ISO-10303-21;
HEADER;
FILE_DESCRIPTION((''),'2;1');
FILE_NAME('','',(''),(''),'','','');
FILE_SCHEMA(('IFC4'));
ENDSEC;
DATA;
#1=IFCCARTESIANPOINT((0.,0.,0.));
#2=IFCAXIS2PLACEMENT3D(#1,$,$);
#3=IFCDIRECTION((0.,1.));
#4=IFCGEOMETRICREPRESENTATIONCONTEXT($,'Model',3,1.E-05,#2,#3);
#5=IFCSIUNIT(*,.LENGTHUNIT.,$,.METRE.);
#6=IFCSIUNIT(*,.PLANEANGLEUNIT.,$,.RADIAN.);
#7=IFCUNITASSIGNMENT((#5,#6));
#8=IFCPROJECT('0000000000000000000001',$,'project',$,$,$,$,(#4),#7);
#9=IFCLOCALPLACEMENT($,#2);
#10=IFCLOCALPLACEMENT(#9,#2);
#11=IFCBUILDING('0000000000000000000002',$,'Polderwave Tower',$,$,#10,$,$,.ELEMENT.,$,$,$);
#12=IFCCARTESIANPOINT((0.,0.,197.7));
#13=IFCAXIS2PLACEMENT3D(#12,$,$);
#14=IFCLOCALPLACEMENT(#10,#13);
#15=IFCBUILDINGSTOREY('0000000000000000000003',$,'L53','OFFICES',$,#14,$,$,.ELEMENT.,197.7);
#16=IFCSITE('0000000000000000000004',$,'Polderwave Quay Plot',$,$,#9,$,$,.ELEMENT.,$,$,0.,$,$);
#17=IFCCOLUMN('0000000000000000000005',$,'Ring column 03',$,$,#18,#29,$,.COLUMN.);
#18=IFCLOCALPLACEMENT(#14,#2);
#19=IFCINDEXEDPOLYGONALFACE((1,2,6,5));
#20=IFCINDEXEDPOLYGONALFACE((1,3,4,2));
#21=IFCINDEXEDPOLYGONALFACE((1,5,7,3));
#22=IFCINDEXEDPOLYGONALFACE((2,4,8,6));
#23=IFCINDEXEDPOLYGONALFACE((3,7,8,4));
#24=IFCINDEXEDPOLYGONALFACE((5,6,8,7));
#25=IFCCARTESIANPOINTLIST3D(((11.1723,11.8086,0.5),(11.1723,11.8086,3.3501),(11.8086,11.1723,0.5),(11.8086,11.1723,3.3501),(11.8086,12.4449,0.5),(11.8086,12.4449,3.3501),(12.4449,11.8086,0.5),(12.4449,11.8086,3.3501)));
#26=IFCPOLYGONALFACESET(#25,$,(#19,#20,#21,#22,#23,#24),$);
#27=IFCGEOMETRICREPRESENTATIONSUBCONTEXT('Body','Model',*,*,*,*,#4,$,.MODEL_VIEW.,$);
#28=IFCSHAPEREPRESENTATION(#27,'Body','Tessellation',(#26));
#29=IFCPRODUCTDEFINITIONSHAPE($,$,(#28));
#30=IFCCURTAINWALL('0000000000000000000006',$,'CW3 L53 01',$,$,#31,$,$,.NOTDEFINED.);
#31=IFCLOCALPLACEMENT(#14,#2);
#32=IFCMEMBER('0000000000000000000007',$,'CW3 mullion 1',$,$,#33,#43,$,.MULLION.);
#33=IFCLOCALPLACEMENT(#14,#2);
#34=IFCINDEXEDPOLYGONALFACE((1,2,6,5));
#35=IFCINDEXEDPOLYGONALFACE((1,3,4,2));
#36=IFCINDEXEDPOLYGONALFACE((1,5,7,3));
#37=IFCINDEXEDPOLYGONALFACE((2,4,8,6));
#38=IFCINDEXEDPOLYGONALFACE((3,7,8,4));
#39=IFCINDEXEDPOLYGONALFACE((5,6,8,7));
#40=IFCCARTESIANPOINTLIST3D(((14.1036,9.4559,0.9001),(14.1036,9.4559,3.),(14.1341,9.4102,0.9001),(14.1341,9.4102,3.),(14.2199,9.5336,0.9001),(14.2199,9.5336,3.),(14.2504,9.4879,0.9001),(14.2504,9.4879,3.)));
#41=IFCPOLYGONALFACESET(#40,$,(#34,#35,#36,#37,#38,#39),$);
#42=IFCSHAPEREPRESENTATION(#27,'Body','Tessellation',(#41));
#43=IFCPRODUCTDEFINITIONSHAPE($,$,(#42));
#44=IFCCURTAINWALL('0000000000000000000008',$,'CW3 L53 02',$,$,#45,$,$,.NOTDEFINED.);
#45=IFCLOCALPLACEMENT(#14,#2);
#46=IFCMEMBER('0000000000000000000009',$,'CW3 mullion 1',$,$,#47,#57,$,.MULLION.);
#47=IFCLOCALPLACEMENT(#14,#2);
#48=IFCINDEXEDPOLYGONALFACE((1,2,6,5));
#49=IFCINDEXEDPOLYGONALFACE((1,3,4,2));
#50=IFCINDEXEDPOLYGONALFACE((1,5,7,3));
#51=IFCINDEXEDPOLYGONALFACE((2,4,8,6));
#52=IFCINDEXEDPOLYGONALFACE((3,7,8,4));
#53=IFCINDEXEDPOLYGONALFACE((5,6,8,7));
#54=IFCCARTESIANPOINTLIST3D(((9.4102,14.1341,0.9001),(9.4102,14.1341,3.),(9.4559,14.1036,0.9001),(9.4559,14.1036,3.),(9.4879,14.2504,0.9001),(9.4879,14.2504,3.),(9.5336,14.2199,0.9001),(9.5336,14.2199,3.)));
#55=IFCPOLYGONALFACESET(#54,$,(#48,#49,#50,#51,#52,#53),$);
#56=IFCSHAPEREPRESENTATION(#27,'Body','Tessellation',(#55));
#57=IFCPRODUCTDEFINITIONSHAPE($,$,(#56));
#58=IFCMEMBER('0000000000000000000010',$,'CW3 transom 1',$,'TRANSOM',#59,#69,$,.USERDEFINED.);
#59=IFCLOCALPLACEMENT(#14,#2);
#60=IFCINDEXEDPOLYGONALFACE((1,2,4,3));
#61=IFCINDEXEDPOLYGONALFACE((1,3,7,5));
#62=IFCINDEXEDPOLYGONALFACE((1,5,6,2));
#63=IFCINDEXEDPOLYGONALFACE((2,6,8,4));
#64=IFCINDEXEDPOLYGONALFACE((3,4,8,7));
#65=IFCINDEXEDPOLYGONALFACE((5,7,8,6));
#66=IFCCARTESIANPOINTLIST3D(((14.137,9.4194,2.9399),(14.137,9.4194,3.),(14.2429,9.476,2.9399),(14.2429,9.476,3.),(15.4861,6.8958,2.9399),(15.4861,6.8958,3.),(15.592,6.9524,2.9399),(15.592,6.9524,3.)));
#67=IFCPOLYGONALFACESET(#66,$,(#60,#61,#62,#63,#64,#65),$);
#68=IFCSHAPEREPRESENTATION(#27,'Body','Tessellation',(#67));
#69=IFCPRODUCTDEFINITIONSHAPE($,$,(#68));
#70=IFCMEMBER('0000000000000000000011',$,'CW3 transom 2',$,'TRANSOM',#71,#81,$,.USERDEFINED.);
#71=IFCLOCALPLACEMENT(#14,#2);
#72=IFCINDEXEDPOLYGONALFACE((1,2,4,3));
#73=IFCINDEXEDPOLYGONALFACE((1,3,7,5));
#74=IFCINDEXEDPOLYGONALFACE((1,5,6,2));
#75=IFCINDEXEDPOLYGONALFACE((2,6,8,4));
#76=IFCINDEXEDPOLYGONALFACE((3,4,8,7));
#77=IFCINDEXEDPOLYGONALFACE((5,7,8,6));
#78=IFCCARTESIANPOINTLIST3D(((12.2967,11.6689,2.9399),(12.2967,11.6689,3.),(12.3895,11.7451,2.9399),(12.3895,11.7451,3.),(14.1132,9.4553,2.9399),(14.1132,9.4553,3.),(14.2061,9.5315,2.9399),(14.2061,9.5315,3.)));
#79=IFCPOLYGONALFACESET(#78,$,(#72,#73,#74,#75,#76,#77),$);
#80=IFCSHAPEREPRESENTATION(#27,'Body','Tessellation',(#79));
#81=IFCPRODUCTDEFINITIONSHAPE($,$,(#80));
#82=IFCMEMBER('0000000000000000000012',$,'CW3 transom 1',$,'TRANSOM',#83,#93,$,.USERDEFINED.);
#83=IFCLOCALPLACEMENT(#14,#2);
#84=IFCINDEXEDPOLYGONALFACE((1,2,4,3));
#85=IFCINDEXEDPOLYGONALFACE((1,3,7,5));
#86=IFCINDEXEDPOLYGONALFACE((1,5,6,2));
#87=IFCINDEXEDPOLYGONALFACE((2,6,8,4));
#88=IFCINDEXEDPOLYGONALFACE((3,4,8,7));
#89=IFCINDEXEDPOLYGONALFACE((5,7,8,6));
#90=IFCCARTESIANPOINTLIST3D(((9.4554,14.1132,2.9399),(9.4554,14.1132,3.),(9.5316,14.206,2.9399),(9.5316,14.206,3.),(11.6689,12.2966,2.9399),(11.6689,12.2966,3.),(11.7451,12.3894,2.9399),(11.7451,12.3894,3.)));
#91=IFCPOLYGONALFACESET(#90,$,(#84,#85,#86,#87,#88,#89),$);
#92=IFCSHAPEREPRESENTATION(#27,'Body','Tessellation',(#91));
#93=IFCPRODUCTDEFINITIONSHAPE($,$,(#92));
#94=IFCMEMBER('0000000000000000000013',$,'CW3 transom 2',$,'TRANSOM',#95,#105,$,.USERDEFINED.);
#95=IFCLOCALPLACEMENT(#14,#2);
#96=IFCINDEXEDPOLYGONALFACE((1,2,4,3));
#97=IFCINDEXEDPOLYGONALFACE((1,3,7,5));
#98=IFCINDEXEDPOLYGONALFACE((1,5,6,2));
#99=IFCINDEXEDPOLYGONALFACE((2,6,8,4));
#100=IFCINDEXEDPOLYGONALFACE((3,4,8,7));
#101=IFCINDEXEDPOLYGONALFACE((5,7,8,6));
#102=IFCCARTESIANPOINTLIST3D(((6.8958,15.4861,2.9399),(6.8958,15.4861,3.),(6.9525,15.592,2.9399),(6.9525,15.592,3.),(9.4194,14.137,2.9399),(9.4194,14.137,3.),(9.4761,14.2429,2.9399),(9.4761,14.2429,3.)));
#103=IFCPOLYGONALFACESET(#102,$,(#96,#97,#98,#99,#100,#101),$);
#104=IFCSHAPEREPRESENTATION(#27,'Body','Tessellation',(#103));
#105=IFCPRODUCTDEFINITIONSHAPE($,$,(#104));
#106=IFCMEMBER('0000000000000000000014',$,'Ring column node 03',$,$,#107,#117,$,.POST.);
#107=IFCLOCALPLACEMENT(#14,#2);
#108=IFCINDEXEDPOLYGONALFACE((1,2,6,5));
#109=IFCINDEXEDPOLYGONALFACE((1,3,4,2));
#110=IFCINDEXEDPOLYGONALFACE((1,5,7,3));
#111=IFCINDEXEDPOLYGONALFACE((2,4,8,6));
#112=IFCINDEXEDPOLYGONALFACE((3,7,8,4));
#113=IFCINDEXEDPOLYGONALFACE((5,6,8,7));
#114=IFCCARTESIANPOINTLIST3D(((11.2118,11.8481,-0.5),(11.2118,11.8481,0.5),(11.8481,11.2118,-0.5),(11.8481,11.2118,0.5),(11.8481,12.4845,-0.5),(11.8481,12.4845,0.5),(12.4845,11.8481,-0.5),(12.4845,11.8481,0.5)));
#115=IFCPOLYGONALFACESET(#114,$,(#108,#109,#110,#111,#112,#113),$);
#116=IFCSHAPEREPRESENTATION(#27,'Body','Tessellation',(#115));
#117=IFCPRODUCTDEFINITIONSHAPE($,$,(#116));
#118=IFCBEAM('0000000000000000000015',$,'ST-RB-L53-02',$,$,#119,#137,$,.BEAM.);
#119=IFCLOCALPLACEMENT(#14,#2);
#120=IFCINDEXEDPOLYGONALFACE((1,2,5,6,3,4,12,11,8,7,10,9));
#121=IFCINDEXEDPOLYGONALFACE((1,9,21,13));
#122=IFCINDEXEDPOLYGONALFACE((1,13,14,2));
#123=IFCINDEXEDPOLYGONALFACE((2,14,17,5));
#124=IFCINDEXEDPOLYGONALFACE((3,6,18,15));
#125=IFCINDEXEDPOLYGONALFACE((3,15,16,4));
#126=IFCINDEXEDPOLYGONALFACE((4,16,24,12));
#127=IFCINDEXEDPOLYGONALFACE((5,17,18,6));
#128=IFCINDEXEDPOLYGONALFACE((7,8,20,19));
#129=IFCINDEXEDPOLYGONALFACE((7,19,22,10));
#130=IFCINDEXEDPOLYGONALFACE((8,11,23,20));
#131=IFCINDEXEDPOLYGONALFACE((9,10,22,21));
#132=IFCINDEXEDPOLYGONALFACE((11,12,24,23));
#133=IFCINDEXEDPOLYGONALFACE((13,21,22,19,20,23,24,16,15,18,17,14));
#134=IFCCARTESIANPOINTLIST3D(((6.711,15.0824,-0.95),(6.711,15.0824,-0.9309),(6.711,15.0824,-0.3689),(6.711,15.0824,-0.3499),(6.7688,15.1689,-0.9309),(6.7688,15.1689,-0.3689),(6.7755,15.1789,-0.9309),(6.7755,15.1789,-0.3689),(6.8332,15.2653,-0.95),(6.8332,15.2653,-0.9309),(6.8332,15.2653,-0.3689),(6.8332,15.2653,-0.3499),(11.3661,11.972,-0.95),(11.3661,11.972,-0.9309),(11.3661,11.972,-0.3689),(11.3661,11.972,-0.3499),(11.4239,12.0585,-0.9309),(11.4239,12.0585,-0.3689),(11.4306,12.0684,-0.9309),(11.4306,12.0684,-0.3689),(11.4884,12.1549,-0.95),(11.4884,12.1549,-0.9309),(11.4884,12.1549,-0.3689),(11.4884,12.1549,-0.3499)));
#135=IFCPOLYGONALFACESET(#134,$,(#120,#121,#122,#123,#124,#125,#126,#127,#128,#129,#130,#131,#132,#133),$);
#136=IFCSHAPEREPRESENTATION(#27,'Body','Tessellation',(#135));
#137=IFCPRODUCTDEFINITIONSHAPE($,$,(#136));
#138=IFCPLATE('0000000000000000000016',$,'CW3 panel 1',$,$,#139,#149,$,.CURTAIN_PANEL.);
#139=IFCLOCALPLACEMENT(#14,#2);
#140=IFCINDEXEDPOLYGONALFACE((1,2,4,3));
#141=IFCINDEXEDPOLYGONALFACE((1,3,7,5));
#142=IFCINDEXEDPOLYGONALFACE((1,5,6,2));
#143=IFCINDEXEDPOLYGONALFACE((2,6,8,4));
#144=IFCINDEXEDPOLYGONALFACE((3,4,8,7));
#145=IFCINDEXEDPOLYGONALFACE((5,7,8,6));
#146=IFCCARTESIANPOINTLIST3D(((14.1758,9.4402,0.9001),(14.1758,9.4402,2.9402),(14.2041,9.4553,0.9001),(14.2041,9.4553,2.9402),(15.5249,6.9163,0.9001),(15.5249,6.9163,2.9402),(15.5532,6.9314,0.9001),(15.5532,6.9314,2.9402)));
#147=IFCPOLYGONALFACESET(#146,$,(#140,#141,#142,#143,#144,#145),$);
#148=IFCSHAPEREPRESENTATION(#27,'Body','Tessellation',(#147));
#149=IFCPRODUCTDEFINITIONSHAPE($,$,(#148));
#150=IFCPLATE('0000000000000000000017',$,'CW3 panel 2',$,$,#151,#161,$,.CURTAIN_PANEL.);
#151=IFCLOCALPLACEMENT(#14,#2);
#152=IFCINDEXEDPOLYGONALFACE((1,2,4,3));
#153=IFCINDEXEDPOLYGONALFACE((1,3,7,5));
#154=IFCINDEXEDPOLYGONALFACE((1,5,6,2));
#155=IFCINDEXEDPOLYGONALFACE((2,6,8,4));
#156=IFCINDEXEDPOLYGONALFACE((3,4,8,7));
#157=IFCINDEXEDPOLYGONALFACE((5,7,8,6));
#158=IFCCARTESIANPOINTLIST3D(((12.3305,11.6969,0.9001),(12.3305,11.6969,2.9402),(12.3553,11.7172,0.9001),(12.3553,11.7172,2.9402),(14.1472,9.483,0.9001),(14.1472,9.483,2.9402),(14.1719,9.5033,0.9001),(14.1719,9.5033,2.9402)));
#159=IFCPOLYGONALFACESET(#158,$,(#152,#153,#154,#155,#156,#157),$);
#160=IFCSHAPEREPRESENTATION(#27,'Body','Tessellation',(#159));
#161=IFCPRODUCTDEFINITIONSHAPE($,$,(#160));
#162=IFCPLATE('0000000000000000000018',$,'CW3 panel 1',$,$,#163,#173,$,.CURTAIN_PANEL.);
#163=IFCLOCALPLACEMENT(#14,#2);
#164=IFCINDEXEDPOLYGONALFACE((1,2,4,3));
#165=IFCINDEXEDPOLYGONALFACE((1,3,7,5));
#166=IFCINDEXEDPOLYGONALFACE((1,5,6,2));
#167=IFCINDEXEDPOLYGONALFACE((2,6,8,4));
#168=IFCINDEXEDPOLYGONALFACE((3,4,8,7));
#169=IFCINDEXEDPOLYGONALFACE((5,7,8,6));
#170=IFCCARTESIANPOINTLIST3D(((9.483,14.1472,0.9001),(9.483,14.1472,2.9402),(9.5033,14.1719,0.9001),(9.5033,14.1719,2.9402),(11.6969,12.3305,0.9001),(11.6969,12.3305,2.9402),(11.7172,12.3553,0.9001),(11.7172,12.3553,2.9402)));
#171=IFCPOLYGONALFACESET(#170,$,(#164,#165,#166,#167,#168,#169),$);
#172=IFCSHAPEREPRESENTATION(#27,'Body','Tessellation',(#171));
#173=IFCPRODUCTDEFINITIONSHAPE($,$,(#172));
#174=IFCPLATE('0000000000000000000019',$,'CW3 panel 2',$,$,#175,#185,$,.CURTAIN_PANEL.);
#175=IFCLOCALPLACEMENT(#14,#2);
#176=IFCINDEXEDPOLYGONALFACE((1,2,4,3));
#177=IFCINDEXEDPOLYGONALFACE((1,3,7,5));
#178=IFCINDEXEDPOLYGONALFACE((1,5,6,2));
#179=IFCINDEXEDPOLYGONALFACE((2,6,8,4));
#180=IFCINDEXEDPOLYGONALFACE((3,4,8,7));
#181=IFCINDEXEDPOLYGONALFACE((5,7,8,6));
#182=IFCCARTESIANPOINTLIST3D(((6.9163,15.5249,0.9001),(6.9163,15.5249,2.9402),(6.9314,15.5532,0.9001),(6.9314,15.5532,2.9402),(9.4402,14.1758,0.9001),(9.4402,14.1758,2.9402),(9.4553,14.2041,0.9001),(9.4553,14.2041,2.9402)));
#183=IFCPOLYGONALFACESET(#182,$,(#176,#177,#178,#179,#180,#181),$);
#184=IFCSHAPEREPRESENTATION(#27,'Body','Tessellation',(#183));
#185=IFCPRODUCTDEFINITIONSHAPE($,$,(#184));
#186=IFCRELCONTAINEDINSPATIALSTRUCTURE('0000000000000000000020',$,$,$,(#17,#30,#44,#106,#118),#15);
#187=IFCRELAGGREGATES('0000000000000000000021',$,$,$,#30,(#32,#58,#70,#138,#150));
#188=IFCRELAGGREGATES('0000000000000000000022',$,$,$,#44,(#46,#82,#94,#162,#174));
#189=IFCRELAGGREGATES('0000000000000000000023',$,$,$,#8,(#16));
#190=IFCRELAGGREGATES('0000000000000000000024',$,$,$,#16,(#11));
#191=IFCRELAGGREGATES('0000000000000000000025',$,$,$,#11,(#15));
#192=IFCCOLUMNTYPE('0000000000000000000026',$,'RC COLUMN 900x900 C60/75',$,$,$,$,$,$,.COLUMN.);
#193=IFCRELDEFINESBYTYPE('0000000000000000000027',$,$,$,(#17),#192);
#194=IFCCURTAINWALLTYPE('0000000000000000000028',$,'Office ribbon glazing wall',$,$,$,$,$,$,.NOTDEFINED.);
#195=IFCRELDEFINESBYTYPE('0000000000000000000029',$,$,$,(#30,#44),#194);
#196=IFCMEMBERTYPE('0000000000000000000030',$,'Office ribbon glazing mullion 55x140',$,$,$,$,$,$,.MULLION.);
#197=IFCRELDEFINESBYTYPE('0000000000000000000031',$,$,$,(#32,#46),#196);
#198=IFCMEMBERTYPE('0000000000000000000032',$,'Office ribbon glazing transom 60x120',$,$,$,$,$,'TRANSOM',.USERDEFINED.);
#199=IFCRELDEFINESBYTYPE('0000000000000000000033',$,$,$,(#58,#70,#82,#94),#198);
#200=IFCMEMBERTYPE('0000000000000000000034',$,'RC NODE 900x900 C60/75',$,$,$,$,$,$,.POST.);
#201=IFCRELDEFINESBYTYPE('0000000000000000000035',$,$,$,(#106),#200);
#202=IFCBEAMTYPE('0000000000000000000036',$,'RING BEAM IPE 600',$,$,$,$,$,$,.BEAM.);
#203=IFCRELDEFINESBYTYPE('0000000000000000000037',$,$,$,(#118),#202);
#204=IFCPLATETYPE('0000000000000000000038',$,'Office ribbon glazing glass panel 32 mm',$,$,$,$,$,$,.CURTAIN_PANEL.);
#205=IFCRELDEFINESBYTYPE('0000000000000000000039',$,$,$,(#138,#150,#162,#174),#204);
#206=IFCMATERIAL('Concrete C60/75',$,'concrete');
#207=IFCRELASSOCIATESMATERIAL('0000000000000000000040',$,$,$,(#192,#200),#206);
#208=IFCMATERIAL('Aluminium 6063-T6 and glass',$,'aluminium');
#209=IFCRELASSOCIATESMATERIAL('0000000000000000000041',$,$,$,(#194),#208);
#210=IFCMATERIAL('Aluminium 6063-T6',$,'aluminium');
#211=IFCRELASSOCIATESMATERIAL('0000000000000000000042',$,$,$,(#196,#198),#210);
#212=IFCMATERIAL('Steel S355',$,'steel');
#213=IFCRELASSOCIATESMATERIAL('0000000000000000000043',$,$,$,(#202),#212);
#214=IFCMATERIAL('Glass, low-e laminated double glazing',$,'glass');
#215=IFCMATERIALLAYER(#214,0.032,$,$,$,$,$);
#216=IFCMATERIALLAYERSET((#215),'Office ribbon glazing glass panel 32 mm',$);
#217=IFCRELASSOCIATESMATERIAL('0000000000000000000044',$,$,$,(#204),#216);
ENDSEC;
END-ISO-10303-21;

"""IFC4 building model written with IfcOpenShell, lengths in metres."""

from ifc_helpers import new_model, si_unit, direction, frame, origin, origin_2d, place, context, subcontext, project, spatial, rectangle, i_section, extrude, material, layer, layer_set, material_profile, profile_set, type_object, element, aggregate, save


model = new_model("IFC4")

# Units and contexts
model_context = context("Model", 3, precision=1e-05, world=origin(), true_north=direction((0.0, 1.0)))
body_context = subcontext(model_context, "Body", "Model", "MODEL_VIEW")
ifc_project = project(units=[si_unit("LENGTHUNIT", "METRE"), si_unit("PLANEANGLEUNIT", "RADIAN")], contexts=[model_context])

# Site, building, storey
site_placement = place(None, origin())
site = spatial("IfcSite", under=ifc_project, at=site_placement, Name="Polderwave Quay Plot", CompositionType="ELEMENT", RefElevation=0.0)
building_placement = place(site_placement, origin())
building = spatial("IfcBuilding", under=site, at=building_placement, Name="Polderwave Tower", CompositionType="ELEMENT")
storey_placement = place(building_placement, frame((0.0, 0.0, 197.7)))
storey = spatial("IfcBuildingStorey", under=building, at=storey_placement, Name="L53", Description="OFFICES", CompositionType="ELEMENT", Elevation=197.7)

# Column
ifc_material_1 = material(Name="Concrete C60/75", Category="concrete")
ifc_material_profile_1 = material_profile(ifc_material_1, rectangle(XDim=0.8999, YDim=0.8999, at=origin_2d()), Name="RC 900x900")
ifc_profile_set_1 = profile_set([ifc_material_profile_1], Name="Concrete C60/75")
column_type = type_object("IfcColumnType", Name="RC COLUMN 900x900 C60/75", PredefinedType="COLUMN", material=ifc_profile_set_1)
column_placement = place(storey_placement, frame((11.8086, 11.8086, 0.5), z_axis=(0.0, 0.0, 1.0), x_axis=(0.707107, 0.707107, 0.0)))
element("IfcColumn", 1, at=column_placement, inside=storey, type_object=column_type, Name="Ring column 03", PredefinedType="COLUMN", context=body_context, shape_type="SweptSolid", body=[
    extrude(rectangle(XDim=0.8999, YDim=0.8999, at=origin_2d()), origin(), (0.0, 0.0, 1.0), 2.8501),
])

# Curtain walls, members
ifc_material_2 = material(Name="Aluminium 6063-T6 and glass", Category="aluminium")
curtain_wall_type = type_object("IfcCurtainWallType", Name="Office ribbon glazing wall", PredefinedType="NOTDEFINED", material=ifc_material_2)
curtain_wall_1_placement = place(storey_placement, origin())
curtain_wall_1 = element("IfcCurtainWall", 2, at=curtain_wall_1_placement, inside=storey, type_object=curtain_wall_type, Name="CW3 L53 01", PredefinedType="NOTDEFINED")
ifc_material_3 = material(Name="Aluminium 6063-T6", Category="aluminium")
ifc_material_profile_2 = material_profile(ifc_material_3, rectangle(XDim=0.1399, YDim=0.0549, at=origin_2d()), Name="AL 55x140")
ifc_profile_set_2 = profile_set([ifc_material_profile_2], Name="Aluminium 6063-T6")
member_type_1 = type_object("IfcMemberType", Name="Office ribbon glazing mullion 55x140", PredefinedType="MULLION", material=ifc_profile_set_2)
member_1_placement = place(storey_placement, frame((14.177, 9.4719, 0.9001), z_axis=(0.0, 0.0, 1.0), x_axis=(-0.83148, -0.555554, 0.0)))
member_1 = element("IfcMember", 3, at=member_1_placement, type_object=member_type_1, Name="CW3 mullion 1", PredefinedType="MULLION", context=body_context, shape_type="SweptSolid", body=[
    extrude(rectangle(XDim=0.1399, YDim=0.0549, at=origin_2d()), origin(), (0.0, 0.0, 1.0), 2.0999),
])
curtain_wall_2_placement = place(storey_placement, origin())
curtain_wall_2 = element("IfcCurtainWall", 4, at=curtain_wall_2_placement, inside=storey, type_object=curtain_wall_type, Name="CW3 L53 02", PredefinedType="NOTDEFINED")
member_2_placement = place(storey_placement, frame((9.4719, 14.177, 0.9001), z_axis=(0.0, 0.0, 1.0), x_axis=(-0.555554, -0.83148, 0.0)))
member_2 = element("IfcMember", 5, at=member_2_placement, type_object=member_type_1, Name="CW3 mullion 1", PredefinedType="MULLION", context=body_context, shape_type="SweptSolid", body=[
    extrude(rectangle(XDim=0.1399, YDim=0.0549, at=origin_2d()), origin(), (0.0, 0.0, 1.0), 2.0999),
])

# Members
ifc_material_profile_3 = material_profile(ifc_material_3, rectangle(XDim=0.1201, YDim=0.0601, at=origin_2d()), Name="AL 60x120")
ifc_profile_set_3 = profile_set([ifc_material_profile_3], Name="Aluminium 6063-T6")
member_type_2 = type_object("IfcMemberType", Name="Office ribbon glazing transom 60x120", ElementType="TRANSOM", PredefinedType="USERDEFINED", material=ifc_profile_set_3)
member_3_placement = place(storey_placement, frame((15.5391, 6.9241, 2.97), z_axis=(-0.471447, 0.881894, 0.0), x_axis=(-0.881894, -0.471447, 0.0)))
member_3 = element("IfcMember", 6, at=member_3_placement, type_object=member_type_2, Name="CW3 transom 1", ObjectType="TRANSOM", PredefinedType="USERDEFINED", context=body_context, shape_type="SweptSolid", body=[
    extrude(rectangle(XDim=0.1201, YDim=0.0601, at=origin_2d()), origin(), (0.0, 0.0, 1.0), 2.8616),
])
member_4_placement = place(storey_placement, frame((14.1597, 9.4934, 2.97), z_axis=(-0.634388, 0.773014, 0.0), x_axis=(-0.773014, -0.634388, 0.0)))
member_4 = element("IfcMember", 7, at=member_4_placement, type_object=member_type_2, Name="CW3 transom 2", ObjectType="TRANSOM", PredefinedType="USERDEFINED", context=body_context, shape_type="SweptSolid", body=[
    extrude(rectangle(XDim=0.1201, YDim=0.0601, at=origin_2d()), origin(), (0.0, 0.0, 1.0), 2.8635),
])
member_5_placement = place(storey_placement, frame((11.707, 12.343, 2.97), z_axis=(-0.773014, 0.634388, 0.0), x_axis=(-0.634388, -0.773014, 0.0)))
member_5 = element("IfcMember", 8, at=member_5_placement, type_object=member_type_2, Name="CW3 transom 1", ObjectType="TRANSOM", PredefinedType="USERDEFINED", context=body_context, shape_type="SweptSolid", body=[
    extrude(rectangle(XDim=0.1201, YDim=0.0601, at=origin_2d()), origin(), (0.0, 0.0, 1.0), 2.8635),
])
member_6_placement = place(storey_placement, frame((9.4478, 14.1899, 2.97), z_axis=(-0.881894, 0.471447, 0.0), x_axis=(-0.471447, -0.881894, 0.0)))
member_6 = element("IfcMember", 9, at=member_6_placement, type_object=member_type_2, Name="CW3 transom 2", ObjectType="TRANSOM", PredefinedType="USERDEFINED", context=body_context, shape_type="SweptSolid", body=[
    extrude(rectangle(XDim=0.1201, YDim=0.0601, at=origin_2d()), origin(), (0.0, 0.0, 1.0), 2.8616),
])
ifc_material_profile_4 = material_profile(ifc_material_1, rectangle(XDim=0.8999, YDim=0.8999, at=origin_2d()), Name="RC 900x900")
ifc_profile_set_4 = profile_set([ifc_material_profile_4], Name="Concrete C60/75")
member_type_3 = type_object("IfcMemberType", Name="RC NODE 900x900 C60/75", PredefinedType="POST", material=ifc_profile_set_4)
member_7_placement = place(storey_placement, frame((11.8481, 11.8481, -0.5), z_axis=(0.0, 0.0, 1.0), x_axis=(0.707107, 0.707107, 0.0)))
element("IfcMember", 10, at=member_7_placement, inside=storey, type_object=member_type_3, Name="Ring column node 03", PredefinedType="POST", context=body_context, shape_type="SweptSolid", body=[
    extrude(rectangle(XDim=0.8999, YDim=0.8999, at=origin_2d()), origin(), (0.0, 0.0, 1.0), 1.0),
])

# Beam
ifc_material_4 = material(Name="Steel S355", Category="steel")
ifc_material_profile_5 = material_profile(ifc_material_4, i_section(OverallWidth=0.22, OverallDepth=0.6001, WebThickness=0.012, FlangeThickness=0.019, at=origin_2d()), Name="IPE 600")
ifc_profile_set_5 = profile_set([ifc_material_profile_5], Name="Steel S355")
beam_type = type_object("IfcBeamType", Name="RING BEAM IPE 600", PredefinedType="BEAM", material=ifc_profile_set_5)
beam_placement = place(storey_placement, frame((11.4272, 12.0635, -0.6499), z_axis=(-0.831473, 0.555565, 0.0), x_axis=(-0.555565, -0.831473, 0.0)))
element("IfcBeam", 11, at=beam_placement, inside=storey, type_object=beam_type, Name="ST-RB-L53-02", PredefinedType="BEAM", context=body_context, shape_type="SweptSolid", body=[
    extrude(i_section(OverallWidth=0.22, OverallDepth=0.6001, WebThickness=0.012, FlangeThickness=0.019, at=origin_2d()), origin(), (0.0, 0.0, 1.0), 5.5986),
])

# Plates
ifc_material_5 = material(Name="Glass, low-e laminated double glazing", Category="glass")
ifc_layer_1 = layer(ifc_material_5, 0.032)
ifc_layer_set_1 = layer_set([ifc_layer_1], Name="Office ribbon glazing glass panel 32 mm")
plate_type = type_object("IfcPlateType", Name="Office ribbon glazing glass panel 32 mm", PredefinedType="CURTAIN_PANEL", material=ifc_layer_set_1)
plate_1_placement = place(storey_placement, frame((14.8645, 8.1858, 0.9001), z_axis=(0.0, 0.0, 1.0), x_axis=(-0.471414, 0.881912, 0.0)))
plate_1 = element("IfcPlate", 12, at=plate_1_placement, type_object=plate_type, Name="CW3 panel 1", PredefinedType="CURTAIN_PANEL", context=body_context, shape_type="SweptSolid", body=[
    extrude(rectangle(XDim=2.8618, YDim=0.032, at=origin_2d()), origin(), (0.0, 0.0, 1.0), 2.04),
])
plate_2_placement = place(storey_placement, frame((13.2512, 10.6001, 0.9001), z_axis=(0.0, 0.0, 1.0), x_axis=(-0.634349, 0.773047, 0.0)))
plate_2 = element("IfcPlate", 13, at=plate_2_placement, type_object=plate_type, Name="CW3 panel 2", PredefinedType="CURTAIN_PANEL", context=body_context, shape_type="SweptSolid", body=[
    extrude(rectangle(XDim=2.8638, YDim=0.032, at=origin_2d()), origin(), (0.0, 0.0, 1.0), 2.04),
])
aggregate(curtain_wall_1, [member_1, member_3, member_4, plate_1, plate_2])
plate_3_placement = place(storey_placement, frame((10.6001, 13.2512, 0.9001), z_axis=(0.0, 0.0, 1.0), x_axis=(-0.773047, 0.634349, 0.0)))
plate_3 = element("IfcPlate", 14, at=plate_3_placement, type_object=plate_type, Name="CW3 panel 1", PredefinedType="CURTAIN_PANEL", context=body_context, shape_type="SweptSolid", body=[
    extrude(rectangle(XDim=2.8638, YDim=0.032, at=origin_2d()), origin(), (0.0, 0.0, 1.0), 2.04),
])
plate_4_placement = place(storey_placement, frame((8.1858, 14.8645, 0.9001), z_axis=(0.0, 0.0, 1.0), x_axis=(-0.881912, 0.471414, 0.0)))
plate_4 = element("IfcPlate", 15, at=plate_4_placement, type_object=plate_type, Name="CW3 panel 2", PredefinedType="CURTAIN_PANEL", context=body_context, shape_type="SweptSolid", body=[
    extrude(rectangle(XDim=2.8618, YDim=0.032, at=origin_2d()), origin(), (0.0, 0.0, 1.0), 2.04),
])
aggregate(curtain_wall_2, [member_2, member_5, member_6, plate_3, plate_4])

save(model, "model.ifc")
